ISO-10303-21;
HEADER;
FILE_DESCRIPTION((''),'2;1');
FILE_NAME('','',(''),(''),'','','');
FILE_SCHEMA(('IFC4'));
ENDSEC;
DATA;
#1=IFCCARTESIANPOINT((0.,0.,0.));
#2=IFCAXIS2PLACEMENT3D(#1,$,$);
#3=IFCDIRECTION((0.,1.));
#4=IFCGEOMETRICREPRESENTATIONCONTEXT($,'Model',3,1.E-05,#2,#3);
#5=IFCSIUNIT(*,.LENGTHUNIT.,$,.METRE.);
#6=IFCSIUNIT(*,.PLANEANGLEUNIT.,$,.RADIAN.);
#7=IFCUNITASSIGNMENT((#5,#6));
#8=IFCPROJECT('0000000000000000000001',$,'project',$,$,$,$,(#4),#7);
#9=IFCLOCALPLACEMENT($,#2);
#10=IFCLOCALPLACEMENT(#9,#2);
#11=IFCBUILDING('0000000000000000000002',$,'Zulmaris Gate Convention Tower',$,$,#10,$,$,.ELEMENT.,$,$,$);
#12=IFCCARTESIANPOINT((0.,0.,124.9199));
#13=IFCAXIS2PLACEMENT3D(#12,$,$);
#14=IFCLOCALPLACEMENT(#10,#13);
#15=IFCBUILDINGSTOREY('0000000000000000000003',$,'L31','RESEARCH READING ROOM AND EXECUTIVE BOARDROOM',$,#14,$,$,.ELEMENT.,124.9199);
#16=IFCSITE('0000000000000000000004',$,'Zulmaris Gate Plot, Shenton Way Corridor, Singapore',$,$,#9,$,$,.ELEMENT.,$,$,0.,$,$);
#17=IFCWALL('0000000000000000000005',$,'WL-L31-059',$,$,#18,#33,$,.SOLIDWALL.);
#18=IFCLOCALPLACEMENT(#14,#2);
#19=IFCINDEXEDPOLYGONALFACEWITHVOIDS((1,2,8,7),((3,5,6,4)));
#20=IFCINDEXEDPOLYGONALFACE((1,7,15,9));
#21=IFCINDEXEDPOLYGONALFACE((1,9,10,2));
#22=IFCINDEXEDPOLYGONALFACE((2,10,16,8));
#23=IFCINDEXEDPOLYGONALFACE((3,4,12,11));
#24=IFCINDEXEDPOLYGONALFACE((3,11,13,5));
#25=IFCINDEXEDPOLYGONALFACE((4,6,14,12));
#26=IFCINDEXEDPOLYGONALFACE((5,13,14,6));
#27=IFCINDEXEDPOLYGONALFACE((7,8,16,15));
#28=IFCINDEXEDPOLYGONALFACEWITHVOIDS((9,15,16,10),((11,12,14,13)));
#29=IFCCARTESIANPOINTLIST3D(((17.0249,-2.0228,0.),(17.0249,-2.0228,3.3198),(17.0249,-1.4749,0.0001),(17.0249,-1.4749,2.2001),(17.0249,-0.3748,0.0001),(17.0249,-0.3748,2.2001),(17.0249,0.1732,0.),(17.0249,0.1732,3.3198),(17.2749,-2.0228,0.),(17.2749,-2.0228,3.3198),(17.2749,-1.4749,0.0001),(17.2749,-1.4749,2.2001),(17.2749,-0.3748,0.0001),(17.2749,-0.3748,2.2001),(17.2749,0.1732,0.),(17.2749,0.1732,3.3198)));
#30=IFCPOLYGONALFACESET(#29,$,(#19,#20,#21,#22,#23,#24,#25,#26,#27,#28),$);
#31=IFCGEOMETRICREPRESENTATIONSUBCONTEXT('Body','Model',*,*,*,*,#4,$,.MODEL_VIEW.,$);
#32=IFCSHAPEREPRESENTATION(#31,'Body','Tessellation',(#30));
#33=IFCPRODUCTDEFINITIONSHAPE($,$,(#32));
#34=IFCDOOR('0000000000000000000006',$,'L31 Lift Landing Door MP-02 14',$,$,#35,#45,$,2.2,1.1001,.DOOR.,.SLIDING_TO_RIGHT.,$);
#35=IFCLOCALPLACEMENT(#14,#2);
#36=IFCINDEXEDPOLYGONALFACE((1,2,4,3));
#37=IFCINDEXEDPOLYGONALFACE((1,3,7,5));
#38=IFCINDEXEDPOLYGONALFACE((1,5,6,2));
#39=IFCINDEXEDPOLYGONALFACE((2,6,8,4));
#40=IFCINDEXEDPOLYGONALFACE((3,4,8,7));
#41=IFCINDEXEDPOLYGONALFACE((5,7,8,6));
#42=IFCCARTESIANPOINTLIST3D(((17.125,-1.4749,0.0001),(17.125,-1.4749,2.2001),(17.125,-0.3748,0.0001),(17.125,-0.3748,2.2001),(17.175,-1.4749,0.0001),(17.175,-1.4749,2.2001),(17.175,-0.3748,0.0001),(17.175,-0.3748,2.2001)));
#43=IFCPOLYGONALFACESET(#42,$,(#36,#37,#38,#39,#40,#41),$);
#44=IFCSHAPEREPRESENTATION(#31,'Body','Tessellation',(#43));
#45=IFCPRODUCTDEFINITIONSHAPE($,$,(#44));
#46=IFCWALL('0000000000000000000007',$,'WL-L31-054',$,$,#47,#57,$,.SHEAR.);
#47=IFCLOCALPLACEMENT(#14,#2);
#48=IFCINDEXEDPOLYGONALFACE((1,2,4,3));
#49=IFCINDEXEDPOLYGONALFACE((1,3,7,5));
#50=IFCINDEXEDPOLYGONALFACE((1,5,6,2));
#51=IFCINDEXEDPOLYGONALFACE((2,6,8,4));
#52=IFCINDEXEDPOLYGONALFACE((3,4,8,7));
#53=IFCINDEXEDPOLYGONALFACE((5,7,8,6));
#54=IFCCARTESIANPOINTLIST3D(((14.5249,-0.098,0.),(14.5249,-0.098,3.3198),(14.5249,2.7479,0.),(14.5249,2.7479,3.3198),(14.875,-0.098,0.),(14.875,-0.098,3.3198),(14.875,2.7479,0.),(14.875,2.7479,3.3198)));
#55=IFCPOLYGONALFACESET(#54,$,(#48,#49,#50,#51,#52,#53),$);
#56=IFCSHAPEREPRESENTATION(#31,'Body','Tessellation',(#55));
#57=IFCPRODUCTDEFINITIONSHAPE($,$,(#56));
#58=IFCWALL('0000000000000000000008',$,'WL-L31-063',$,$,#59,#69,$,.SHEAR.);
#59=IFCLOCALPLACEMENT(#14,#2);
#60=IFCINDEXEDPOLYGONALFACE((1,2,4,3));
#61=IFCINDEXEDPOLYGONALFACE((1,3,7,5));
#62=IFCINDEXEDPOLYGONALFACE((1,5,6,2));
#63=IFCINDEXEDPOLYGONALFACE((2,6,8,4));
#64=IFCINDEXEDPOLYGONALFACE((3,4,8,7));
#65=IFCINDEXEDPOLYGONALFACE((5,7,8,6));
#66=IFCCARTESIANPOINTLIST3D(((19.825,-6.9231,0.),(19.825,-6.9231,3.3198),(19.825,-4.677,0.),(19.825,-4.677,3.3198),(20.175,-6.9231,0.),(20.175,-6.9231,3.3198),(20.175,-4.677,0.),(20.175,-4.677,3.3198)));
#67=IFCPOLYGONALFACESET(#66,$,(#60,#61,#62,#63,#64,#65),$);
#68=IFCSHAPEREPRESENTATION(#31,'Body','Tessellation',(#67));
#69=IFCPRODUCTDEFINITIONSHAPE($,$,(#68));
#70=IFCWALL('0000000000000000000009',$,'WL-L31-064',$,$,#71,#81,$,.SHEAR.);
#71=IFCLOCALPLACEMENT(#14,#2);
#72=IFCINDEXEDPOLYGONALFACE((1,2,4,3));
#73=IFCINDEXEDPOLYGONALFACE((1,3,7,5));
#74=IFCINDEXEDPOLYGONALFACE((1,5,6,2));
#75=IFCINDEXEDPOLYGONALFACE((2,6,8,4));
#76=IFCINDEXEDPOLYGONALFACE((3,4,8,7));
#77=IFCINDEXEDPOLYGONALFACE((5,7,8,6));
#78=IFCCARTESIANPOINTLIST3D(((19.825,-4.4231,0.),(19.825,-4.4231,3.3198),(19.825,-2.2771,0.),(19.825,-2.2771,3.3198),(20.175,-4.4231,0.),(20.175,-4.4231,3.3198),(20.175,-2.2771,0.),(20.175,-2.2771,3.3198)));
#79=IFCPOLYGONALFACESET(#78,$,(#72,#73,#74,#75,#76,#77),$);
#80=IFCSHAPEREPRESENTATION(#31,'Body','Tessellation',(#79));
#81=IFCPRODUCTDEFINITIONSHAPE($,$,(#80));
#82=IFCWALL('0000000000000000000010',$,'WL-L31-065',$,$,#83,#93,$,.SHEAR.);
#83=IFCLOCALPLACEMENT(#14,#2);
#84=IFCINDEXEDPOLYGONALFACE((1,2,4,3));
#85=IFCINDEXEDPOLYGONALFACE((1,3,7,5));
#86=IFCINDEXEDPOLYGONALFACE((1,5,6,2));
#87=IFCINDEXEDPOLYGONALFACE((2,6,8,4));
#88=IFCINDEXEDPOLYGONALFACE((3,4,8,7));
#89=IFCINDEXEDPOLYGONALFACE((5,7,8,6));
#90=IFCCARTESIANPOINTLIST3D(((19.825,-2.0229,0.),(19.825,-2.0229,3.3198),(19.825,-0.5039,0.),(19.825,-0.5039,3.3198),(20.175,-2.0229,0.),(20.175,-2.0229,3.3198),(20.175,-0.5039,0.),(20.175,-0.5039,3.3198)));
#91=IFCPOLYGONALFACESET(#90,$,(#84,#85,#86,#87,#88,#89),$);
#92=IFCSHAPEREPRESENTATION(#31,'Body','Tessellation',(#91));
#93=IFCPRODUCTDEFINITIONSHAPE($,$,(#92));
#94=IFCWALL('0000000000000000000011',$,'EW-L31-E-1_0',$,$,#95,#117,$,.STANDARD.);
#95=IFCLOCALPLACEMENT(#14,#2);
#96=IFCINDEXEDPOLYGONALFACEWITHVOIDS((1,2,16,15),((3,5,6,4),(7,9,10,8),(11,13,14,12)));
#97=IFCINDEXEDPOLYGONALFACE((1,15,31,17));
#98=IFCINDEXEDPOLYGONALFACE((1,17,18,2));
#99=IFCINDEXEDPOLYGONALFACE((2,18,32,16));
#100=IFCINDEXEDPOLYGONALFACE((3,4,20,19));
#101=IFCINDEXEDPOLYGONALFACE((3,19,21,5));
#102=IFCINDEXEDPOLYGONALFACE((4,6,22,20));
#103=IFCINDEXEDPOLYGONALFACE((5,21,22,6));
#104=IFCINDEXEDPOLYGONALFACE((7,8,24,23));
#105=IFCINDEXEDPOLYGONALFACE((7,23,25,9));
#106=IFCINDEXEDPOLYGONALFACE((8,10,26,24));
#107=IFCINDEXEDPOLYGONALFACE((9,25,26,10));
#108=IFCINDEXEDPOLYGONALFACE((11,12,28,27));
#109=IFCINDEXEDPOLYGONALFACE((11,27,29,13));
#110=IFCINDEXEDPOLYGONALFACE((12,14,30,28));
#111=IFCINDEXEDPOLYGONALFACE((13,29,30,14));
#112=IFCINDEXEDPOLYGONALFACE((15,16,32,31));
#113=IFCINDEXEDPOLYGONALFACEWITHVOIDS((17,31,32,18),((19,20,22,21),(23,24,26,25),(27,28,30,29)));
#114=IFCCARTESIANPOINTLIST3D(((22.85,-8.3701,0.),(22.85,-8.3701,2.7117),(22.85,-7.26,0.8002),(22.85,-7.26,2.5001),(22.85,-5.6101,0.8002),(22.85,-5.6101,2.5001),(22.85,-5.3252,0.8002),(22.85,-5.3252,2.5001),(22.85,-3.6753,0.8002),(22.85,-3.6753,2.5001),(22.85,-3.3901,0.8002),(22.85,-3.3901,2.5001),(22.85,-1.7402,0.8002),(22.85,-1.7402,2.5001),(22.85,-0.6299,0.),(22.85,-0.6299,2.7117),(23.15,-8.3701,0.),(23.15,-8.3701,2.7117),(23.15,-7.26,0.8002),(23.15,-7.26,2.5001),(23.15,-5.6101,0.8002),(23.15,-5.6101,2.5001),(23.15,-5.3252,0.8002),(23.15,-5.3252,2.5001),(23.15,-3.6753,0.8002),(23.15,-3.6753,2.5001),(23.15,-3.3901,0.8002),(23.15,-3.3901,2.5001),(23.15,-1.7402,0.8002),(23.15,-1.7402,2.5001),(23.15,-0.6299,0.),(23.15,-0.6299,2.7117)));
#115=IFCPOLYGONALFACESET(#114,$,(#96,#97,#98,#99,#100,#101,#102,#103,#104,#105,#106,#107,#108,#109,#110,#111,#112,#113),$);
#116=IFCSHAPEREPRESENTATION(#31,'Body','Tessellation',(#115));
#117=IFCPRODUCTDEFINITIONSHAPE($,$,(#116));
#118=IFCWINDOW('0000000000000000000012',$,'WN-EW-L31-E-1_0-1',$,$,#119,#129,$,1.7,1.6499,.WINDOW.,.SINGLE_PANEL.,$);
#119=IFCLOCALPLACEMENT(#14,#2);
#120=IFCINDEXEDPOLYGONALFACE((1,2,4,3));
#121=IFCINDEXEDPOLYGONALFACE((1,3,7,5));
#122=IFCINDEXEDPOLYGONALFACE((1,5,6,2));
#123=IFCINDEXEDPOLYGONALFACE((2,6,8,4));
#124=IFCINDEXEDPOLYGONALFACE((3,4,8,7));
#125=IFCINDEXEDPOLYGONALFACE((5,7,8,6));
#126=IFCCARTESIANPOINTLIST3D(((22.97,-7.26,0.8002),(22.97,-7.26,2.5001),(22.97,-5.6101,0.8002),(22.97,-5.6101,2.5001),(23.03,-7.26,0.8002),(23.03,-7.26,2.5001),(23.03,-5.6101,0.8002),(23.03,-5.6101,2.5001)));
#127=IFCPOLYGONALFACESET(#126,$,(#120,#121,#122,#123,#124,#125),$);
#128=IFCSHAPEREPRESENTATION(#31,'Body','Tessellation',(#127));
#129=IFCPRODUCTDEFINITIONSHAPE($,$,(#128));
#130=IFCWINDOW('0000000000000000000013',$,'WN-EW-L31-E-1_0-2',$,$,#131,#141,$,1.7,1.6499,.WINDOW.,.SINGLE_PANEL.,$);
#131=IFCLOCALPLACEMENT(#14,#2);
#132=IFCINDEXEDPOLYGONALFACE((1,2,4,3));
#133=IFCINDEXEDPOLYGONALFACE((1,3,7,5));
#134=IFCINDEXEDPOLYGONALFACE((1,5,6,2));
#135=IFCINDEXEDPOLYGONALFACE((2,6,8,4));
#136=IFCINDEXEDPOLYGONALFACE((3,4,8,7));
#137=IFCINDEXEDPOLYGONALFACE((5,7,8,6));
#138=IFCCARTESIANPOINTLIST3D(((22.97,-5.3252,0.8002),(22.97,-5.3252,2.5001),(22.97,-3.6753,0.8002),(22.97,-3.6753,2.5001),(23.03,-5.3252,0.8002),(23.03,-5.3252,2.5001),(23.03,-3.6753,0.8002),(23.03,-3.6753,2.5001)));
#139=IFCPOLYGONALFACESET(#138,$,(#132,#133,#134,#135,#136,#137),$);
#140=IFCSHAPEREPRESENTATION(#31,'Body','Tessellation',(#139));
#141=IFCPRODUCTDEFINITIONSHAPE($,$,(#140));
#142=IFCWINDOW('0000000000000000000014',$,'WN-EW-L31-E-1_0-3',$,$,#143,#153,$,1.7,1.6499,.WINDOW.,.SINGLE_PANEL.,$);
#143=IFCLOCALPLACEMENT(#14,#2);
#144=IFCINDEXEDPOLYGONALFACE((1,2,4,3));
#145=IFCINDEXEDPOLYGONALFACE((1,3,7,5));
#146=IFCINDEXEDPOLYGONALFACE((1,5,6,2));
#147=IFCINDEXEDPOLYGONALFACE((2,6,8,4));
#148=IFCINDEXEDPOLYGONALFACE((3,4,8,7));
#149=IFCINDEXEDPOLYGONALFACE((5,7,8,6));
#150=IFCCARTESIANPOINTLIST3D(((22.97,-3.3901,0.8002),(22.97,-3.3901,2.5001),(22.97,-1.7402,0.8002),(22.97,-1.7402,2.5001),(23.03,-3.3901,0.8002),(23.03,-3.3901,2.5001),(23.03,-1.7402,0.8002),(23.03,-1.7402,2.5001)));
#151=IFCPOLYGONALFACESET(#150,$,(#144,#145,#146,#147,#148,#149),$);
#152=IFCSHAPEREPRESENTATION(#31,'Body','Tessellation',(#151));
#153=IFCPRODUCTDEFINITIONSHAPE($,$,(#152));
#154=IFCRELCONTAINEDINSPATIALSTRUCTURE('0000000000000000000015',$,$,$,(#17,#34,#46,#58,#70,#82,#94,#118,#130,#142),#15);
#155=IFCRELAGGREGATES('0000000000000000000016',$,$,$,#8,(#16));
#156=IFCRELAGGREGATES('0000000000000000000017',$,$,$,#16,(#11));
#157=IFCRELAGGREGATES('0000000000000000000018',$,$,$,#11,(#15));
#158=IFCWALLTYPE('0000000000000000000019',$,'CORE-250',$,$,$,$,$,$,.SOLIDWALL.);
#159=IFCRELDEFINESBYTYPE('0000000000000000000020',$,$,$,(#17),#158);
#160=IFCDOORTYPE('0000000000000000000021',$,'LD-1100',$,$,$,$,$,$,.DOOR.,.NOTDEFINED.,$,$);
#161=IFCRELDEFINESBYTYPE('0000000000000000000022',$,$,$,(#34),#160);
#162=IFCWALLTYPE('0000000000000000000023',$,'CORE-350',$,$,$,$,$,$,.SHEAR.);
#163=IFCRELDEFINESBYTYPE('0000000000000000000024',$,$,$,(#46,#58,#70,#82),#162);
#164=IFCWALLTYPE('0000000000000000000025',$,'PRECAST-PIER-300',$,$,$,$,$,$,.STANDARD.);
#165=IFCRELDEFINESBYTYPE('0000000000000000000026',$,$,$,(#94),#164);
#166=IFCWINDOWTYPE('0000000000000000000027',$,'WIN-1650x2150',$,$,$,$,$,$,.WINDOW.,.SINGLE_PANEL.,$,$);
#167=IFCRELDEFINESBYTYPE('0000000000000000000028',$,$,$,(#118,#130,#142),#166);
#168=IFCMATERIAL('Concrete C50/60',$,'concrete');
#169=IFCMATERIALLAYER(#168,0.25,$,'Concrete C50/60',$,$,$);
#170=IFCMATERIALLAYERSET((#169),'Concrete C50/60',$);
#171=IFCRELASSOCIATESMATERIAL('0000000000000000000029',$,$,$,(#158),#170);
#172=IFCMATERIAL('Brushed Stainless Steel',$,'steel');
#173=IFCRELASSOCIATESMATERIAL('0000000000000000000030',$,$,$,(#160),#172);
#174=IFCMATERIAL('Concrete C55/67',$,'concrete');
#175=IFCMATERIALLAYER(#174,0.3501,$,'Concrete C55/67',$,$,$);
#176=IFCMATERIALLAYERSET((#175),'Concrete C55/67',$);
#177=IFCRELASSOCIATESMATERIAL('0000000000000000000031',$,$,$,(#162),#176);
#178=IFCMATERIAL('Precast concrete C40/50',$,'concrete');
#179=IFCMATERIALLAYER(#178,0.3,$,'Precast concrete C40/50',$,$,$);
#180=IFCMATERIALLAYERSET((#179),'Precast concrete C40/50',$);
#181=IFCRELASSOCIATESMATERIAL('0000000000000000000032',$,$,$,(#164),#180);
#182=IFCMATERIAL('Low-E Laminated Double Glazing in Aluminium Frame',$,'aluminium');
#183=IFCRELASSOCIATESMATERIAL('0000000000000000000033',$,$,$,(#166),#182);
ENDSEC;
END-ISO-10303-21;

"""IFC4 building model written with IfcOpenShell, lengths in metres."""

from ifc_helpers import new_model, si_unit, direction, frame, frame_2d, origin, place, context, subcontext, project, spatial, rectangle, extrude, material, layer, layer_set, type_object, element, fill, save


model = new_model("IFC4")

# Units and contexts
model_context = context("Model", 3, precision=1e-05, world=origin(), true_north=direction((0.0, 1.0)))
body_context = subcontext(model_context, "Body", "Model", "MODEL_VIEW")
ifc_project = project(units=[si_unit("LENGTHUNIT", "METRE"), si_unit("PLANEANGLEUNIT", "RADIAN")], contexts=[model_context])

# Site, building, storey
site_placement = place(None, origin())
site = spatial("IfcSite", under=ifc_project, at=site_placement, Name="Zulmaris Gate Plot, Shenton Way Corridor, Singapore", CompositionType="ELEMENT", RefElevation=0.0)
building_placement = place(site_placement, origin())
building = spatial("IfcBuilding", under=site, at=building_placement, Name="Zulmaris Gate Convention Tower", CompositionType="ELEMENT")
storey_placement = place(building_placement, frame((0.0, 0.0, 124.9199)))
storey = spatial("IfcBuildingStorey", under=building, at=storey_placement, Name="L31", Description="RESEARCH READING ROOM AND EXECUTIVE BOARDROOM", CompositionType="ELEMENT", Elevation=124.9199)

# Shared definitions
ifc_material_1 = material(Name="Concrete C50/60", Category="concrete")
ifc_layer_1 = layer(ifc_material_1, 0.25, Name="Concrete C50/60")
ifc_layer_set_1 = layer_set([ifc_layer_1], Name="Concrete C50/60")
wall_type_1 = type_object("IfcWallType", Name="CORE-250", PredefinedType="SOLIDWALL", material=ifc_layer_set_1)

# Wall, opening, door
ifc_material_2 = material(Name="Brushed Stainless Steel", Category="steel")
door_type = type_object("IfcDoorType", Name="LD-1100", OperationType="NOTDEFINED", PredefinedType="DOOR", material=ifc_material_2)
wall_1_placement = place(storey_placement, frame((17.1499, -2.0229, 0.0), z_axis=(0.0, 0.0, 1.0), x_axis=(0.0, 1.0, 0.0)))
wall_1 = element("IfcWall", 1, at=wall_1_placement, inside=storey, type_object=wall_type_1, Name="WL-L31-059", PredefinedType="SOLIDWALL", context=body_context, shape_type="SweptSolid", body=[
    extrude(rectangle(XDim=2.196, YDim=0.25, at=frame_2d((1.0981, 0.0))), origin(), (0.0, 0.0, 1.0), 3.3198),
])
opening_1_placement = place(wall_1_placement, frame((0.5481, 0.0, 0.0)))
opening_1 = element("IfcOpeningElement", 2, at=opening_1_placement, cuts=wall_1, PredefinedType="OPENING", context=body_context, shape_type="SweptSolid", body=[
    extrude(rectangle(XDim=1.1001, YDim=2.2, at=frame_2d((0.55, 1.1001))), frame((0.0, 0.135, 0.0), z_axis=(0.0, -1.0, 0.0), x_axis=(1.0, 0.0, 0.0)), (0.0, 0.0, 1.0), 0.27),
])
door_1_placement = place(opening_1_placement, origin())
door_1 = element("IfcDoor", 3, at=door_1_placement, inside=storey, type_object=door_type, Name="L31 Lift Landing Door MP-02 14", OperationType="SLIDING_TO_RIGHT", OverallHeight=2.2, OverallWidth=1.1001, PredefinedType="DOOR", context=body_context, shape_type="SweptSolid", body=[
    extrude(rectangle(XDim=1.1001, YDim=2.2, at=frame_2d((0.55, 1.1001))), frame((0.0, 0.0249, 0.0), z_axis=(0.0, -1.0, 0.0), x_axis=(1.0, 0.0, 0.0)), (0.0, 0.0, 1.0), 0.05),
])
fill(opening_1, door_1)

# Walls
ifc_material_3 = material(Name="Concrete C55/67", Category="concrete")
ifc_layer_2 = layer(ifc_material_3, 0.3501, Name="Concrete C55/67")
ifc_layer_set_2 = layer_set([ifc_layer_2], Name="Concrete C55/67")
wall_type_2 = type_object("IfcWallType", Name="CORE-350", PredefinedType="SHEAR", material=ifc_layer_set_2)
wall_2_placement = place(storey_placement, frame((14.7, -0.0979, 0.0), z_axis=(0.0, 0.0, 1.0), x_axis=(0.0, 1.0, 0.0)))
element("IfcWall", 4, at=wall_2_placement, inside=storey, type_object=wall_type_2, Name="WL-L31-054", PredefinedType="SHEAR", context=body_context, shape_type="SweptSolid", body=[
    extrude(rectangle(XDim=2.8459, YDim=0.3501, at=frame_2d((1.4229, 0.0))), origin(), (0.0, 0.0, 1.0), 3.3198),
])
wall_3_placement = place(storey_placement, frame((20.0, -6.9231, 0.0), z_axis=(0.0, 0.0, 1.0), x_axis=(0.0, 1.0, 0.0)))
element("IfcWall", 5, at=wall_3_placement, inside=storey, type_object=wall_type_2, Name="WL-L31-063", PredefinedType="SHEAR", context=body_context, shape_type="SweptSolid", body=[
    extrude(rectangle(XDim=2.2461, YDim=0.3501, at=frame_2d((1.123, 0.0))), origin(), (0.0, 0.0, 1.0), 3.3198),
])
wall_4_placement = place(storey_placement, frame((20.0, -4.4231, 0.0), z_axis=(0.0, 0.0, 1.0), x_axis=(0.0, 1.0, 0.0)))
element("IfcWall", 6, at=wall_4_placement, inside=storey, type_object=wall_type_2, Name="WL-L31-064", PredefinedType="SHEAR", context=body_context, shape_type="SweptSolid", body=[
    extrude(rectangle(XDim=2.146, YDim=0.3501, at=frame_2d((1.073, 0.0))), origin(), (0.0, 0.0, 1.0), 3.3198),
])
wall_5_placement = place(storey_placement, frame((20.0, -2.0229, 0.0), z_axis=(0.0, 0.0, 1.0), x_axis=(0.0, 1.0, 0.0)))
element("IfcWall", 7, at=wall_5_placement, inside=storey, type_object=wall_type_2, Name="WL-L31-065", PredefinedType="SHEAR", context=body_context, shape_type="SweptSolid", body=[
    extrude(rectangle(XDim=1.519, YDim=0.3501, at=frame_2d((0.7595, 0.0))), origin(), (0.0, 0.0, 1.0), 3.3198),
])

# Wall, openings, windows
ifc_material_4 = material(Name="Precast concrete C40/50", Category="concrete")
ifc_layer_3 = layer(ifc_material_4, 0.3, Name="Precast concrete C40/50")
ifc_layer_set_3 = layer_set([ifc_layer_3], Name="Precast concrete C40/50")
wall_type_3 = type_object("IfcWallType", Name="PRECAST-PIER-300", PredefinedType="STANDARD", material=ifc_layer_set_3)
wall_6_placement = place(storey_placement, frame((23.0, -8.3701, 0.0), z_axis=(0.0, 0.0, 1.0), x_axis=(0.0, 1.0, 0.0)))
wall_6 = element("IfcWall", 8, at=wall_6_placement, inside=storey, type_object=wall_type_3, Name="EW-L31-E-1_0", PredefinedType="STANDARD", context=body_context, shape_type="SweptSolid", body=[
    extrude(rectangle(XDim=7.7402, YDim=0.3, at=frame_2d((3.8701, 0.0))), origin(), (0.0, 0.0, 1.0), 2.7117),
])
opening_2_placement = place(wall_6_placement, frame((1.1101, 0.0, 0.8)))
opening_2 = element("IfcOpeningElement", 9, at=opening_2_placement, cuts=wall_6, PredefinedType="OPENING", context=body_context, shape_type="SweptSolid", body=[
    extrude(rectangle(XDim=1.6499, YDim=1.7, at=frame_2d((0.825, 0.8501))), frame((0.0, 0.1602, 0.0), z_axis=(0.0, -1.0, 0.0), x_axis=(1.0, 0.0, 0.0)), (0.0, 0.0, 1.0), 0.3201),
])
opening_3_placement = place(wall_6_placement, frame((3.0449, 0.0, 0.8)))
opening_3 = element("IfcOpeningElement", 10, at=opening_3_placement, cuts=wall_6, PredefinedType="OPENING", context=body_context, shape_type="SweptSolid", body=[
    extrude(rectangle(XDim=1.6499, YDim=1.7, at=frame_2d((0.825, 0.8501))), frame((0.0, 0.1602, 0.0), z_axis=(0.0, -1.0, 0.0), x_axis=(1.0, 0.0, 0.0)), (0.0, 0.0, 1.0), 0.3201),
])
opening_4_placement = place(wall_6_placement, frame((4.98, 0.0, 0.8)))
opening_4 = element("IfcOpeningElement", 11, at=opening_4_placement, cuts=wall_6, PredefinedType="OPENING", context=body_context, shape_type="SweptSolid", body=[
    extrude(rectangle(XDim=1.6499, YDim=1.7, at=frame_2d((0.825, 0.8501))), frame((0.0, 0.1602, 0.0), z_axis=(0.0, -1.0, 0.0), x_axis=(1.0, 0.0, 0.0)), (0.0, 0.0, 1.0), 0.3201),
])
ifc_material_5 = material(Name="Low-E Laminated Double Glazing in Aluminium Frame", Category="aluminium")
window_type = type_object("IfcWindowType", Name="WIN-1650x2150", PartitioningType="SINGLE_PANEL", PredefinedType="WINDOW", material=ifc_material_5)
window_1_placement = place(opening_2_placement, origin())
window_1 = element("IfcWindow", 12, at=window_1_placement, inside=storey, type_object=window_type, Name="WN-EW-L31-E-1_0-1", OverallHeight=1.7, OverallWidth=1.6499, PartitioningType="SINGLE_PANEL", PredefinedType="WINDOW", context=body_context, shape_type="SweptSolid", body=[
    extrude(rectangle(XDim=1.6499, YDim=1.7, at=frame_2d((0.825, 0.8501))), frame((0.0, 0.03, 0.0), z_axis=(0.0, -1.0, 0.0), x_axis=(1.0, 0.0, 0.0)), (0.0, 0.0, 1.0), 0.0601),
])
fill(opening_2, window_1)
window_2_placement = place(opening_3_placement, origin())
window_2 = element("IfcWindow", 13, at=window_2_placement, inside=storey, type_object=window_type, Name="WN-EW-L31-E-1_0-2", OverallHeight=1.7, OverallWidth=1.6499, PartitioningType="SINGLE_PANEL", PredefinedType="WINDOW", context=body_context, shape_type="SweptSolid", body=[
    extrude(rectangle(XDim=1.6499, YDim=1.7, at=frame_2d((0.825, 0.8501))), frame((0.0, 0.03, 0.0), z_axis=(0.0, -1.0, 0.0), x_axis=(1.0, 0.0, 0.0)), (0.0, 0.0, 1.0), 0.0601),
])
fill(opening_3, window_2)
window_3_placement = place(opening_4_placement, origin())
window_3 = element("IfcWindow", 14, at=window_3_placement, inside=storey, type_object=window_type, Name="WN-EW-L31-E-1_0-3", OverallHeight=1.7, OverallWidth=1.6499, PartitioningType="SINGLE_PANEL", PredefinedType="WINDOW", context=body_context, shape_type="SweptSolid", body=[
    extrude(rectangle(XDim=1.6499, YDim=1.7, at=frame_2d((0.825, 0.8501))), frame((0.0, 0.03, 0.0), z_axis=(0.0, -1.0, 0.0), x_axis=(1.0, 0.0, 0.0)), (0.0, 0.0, 1.0), 0.0601),
])
fill(opening_4, window_3)

save(model, "model.ifc")
